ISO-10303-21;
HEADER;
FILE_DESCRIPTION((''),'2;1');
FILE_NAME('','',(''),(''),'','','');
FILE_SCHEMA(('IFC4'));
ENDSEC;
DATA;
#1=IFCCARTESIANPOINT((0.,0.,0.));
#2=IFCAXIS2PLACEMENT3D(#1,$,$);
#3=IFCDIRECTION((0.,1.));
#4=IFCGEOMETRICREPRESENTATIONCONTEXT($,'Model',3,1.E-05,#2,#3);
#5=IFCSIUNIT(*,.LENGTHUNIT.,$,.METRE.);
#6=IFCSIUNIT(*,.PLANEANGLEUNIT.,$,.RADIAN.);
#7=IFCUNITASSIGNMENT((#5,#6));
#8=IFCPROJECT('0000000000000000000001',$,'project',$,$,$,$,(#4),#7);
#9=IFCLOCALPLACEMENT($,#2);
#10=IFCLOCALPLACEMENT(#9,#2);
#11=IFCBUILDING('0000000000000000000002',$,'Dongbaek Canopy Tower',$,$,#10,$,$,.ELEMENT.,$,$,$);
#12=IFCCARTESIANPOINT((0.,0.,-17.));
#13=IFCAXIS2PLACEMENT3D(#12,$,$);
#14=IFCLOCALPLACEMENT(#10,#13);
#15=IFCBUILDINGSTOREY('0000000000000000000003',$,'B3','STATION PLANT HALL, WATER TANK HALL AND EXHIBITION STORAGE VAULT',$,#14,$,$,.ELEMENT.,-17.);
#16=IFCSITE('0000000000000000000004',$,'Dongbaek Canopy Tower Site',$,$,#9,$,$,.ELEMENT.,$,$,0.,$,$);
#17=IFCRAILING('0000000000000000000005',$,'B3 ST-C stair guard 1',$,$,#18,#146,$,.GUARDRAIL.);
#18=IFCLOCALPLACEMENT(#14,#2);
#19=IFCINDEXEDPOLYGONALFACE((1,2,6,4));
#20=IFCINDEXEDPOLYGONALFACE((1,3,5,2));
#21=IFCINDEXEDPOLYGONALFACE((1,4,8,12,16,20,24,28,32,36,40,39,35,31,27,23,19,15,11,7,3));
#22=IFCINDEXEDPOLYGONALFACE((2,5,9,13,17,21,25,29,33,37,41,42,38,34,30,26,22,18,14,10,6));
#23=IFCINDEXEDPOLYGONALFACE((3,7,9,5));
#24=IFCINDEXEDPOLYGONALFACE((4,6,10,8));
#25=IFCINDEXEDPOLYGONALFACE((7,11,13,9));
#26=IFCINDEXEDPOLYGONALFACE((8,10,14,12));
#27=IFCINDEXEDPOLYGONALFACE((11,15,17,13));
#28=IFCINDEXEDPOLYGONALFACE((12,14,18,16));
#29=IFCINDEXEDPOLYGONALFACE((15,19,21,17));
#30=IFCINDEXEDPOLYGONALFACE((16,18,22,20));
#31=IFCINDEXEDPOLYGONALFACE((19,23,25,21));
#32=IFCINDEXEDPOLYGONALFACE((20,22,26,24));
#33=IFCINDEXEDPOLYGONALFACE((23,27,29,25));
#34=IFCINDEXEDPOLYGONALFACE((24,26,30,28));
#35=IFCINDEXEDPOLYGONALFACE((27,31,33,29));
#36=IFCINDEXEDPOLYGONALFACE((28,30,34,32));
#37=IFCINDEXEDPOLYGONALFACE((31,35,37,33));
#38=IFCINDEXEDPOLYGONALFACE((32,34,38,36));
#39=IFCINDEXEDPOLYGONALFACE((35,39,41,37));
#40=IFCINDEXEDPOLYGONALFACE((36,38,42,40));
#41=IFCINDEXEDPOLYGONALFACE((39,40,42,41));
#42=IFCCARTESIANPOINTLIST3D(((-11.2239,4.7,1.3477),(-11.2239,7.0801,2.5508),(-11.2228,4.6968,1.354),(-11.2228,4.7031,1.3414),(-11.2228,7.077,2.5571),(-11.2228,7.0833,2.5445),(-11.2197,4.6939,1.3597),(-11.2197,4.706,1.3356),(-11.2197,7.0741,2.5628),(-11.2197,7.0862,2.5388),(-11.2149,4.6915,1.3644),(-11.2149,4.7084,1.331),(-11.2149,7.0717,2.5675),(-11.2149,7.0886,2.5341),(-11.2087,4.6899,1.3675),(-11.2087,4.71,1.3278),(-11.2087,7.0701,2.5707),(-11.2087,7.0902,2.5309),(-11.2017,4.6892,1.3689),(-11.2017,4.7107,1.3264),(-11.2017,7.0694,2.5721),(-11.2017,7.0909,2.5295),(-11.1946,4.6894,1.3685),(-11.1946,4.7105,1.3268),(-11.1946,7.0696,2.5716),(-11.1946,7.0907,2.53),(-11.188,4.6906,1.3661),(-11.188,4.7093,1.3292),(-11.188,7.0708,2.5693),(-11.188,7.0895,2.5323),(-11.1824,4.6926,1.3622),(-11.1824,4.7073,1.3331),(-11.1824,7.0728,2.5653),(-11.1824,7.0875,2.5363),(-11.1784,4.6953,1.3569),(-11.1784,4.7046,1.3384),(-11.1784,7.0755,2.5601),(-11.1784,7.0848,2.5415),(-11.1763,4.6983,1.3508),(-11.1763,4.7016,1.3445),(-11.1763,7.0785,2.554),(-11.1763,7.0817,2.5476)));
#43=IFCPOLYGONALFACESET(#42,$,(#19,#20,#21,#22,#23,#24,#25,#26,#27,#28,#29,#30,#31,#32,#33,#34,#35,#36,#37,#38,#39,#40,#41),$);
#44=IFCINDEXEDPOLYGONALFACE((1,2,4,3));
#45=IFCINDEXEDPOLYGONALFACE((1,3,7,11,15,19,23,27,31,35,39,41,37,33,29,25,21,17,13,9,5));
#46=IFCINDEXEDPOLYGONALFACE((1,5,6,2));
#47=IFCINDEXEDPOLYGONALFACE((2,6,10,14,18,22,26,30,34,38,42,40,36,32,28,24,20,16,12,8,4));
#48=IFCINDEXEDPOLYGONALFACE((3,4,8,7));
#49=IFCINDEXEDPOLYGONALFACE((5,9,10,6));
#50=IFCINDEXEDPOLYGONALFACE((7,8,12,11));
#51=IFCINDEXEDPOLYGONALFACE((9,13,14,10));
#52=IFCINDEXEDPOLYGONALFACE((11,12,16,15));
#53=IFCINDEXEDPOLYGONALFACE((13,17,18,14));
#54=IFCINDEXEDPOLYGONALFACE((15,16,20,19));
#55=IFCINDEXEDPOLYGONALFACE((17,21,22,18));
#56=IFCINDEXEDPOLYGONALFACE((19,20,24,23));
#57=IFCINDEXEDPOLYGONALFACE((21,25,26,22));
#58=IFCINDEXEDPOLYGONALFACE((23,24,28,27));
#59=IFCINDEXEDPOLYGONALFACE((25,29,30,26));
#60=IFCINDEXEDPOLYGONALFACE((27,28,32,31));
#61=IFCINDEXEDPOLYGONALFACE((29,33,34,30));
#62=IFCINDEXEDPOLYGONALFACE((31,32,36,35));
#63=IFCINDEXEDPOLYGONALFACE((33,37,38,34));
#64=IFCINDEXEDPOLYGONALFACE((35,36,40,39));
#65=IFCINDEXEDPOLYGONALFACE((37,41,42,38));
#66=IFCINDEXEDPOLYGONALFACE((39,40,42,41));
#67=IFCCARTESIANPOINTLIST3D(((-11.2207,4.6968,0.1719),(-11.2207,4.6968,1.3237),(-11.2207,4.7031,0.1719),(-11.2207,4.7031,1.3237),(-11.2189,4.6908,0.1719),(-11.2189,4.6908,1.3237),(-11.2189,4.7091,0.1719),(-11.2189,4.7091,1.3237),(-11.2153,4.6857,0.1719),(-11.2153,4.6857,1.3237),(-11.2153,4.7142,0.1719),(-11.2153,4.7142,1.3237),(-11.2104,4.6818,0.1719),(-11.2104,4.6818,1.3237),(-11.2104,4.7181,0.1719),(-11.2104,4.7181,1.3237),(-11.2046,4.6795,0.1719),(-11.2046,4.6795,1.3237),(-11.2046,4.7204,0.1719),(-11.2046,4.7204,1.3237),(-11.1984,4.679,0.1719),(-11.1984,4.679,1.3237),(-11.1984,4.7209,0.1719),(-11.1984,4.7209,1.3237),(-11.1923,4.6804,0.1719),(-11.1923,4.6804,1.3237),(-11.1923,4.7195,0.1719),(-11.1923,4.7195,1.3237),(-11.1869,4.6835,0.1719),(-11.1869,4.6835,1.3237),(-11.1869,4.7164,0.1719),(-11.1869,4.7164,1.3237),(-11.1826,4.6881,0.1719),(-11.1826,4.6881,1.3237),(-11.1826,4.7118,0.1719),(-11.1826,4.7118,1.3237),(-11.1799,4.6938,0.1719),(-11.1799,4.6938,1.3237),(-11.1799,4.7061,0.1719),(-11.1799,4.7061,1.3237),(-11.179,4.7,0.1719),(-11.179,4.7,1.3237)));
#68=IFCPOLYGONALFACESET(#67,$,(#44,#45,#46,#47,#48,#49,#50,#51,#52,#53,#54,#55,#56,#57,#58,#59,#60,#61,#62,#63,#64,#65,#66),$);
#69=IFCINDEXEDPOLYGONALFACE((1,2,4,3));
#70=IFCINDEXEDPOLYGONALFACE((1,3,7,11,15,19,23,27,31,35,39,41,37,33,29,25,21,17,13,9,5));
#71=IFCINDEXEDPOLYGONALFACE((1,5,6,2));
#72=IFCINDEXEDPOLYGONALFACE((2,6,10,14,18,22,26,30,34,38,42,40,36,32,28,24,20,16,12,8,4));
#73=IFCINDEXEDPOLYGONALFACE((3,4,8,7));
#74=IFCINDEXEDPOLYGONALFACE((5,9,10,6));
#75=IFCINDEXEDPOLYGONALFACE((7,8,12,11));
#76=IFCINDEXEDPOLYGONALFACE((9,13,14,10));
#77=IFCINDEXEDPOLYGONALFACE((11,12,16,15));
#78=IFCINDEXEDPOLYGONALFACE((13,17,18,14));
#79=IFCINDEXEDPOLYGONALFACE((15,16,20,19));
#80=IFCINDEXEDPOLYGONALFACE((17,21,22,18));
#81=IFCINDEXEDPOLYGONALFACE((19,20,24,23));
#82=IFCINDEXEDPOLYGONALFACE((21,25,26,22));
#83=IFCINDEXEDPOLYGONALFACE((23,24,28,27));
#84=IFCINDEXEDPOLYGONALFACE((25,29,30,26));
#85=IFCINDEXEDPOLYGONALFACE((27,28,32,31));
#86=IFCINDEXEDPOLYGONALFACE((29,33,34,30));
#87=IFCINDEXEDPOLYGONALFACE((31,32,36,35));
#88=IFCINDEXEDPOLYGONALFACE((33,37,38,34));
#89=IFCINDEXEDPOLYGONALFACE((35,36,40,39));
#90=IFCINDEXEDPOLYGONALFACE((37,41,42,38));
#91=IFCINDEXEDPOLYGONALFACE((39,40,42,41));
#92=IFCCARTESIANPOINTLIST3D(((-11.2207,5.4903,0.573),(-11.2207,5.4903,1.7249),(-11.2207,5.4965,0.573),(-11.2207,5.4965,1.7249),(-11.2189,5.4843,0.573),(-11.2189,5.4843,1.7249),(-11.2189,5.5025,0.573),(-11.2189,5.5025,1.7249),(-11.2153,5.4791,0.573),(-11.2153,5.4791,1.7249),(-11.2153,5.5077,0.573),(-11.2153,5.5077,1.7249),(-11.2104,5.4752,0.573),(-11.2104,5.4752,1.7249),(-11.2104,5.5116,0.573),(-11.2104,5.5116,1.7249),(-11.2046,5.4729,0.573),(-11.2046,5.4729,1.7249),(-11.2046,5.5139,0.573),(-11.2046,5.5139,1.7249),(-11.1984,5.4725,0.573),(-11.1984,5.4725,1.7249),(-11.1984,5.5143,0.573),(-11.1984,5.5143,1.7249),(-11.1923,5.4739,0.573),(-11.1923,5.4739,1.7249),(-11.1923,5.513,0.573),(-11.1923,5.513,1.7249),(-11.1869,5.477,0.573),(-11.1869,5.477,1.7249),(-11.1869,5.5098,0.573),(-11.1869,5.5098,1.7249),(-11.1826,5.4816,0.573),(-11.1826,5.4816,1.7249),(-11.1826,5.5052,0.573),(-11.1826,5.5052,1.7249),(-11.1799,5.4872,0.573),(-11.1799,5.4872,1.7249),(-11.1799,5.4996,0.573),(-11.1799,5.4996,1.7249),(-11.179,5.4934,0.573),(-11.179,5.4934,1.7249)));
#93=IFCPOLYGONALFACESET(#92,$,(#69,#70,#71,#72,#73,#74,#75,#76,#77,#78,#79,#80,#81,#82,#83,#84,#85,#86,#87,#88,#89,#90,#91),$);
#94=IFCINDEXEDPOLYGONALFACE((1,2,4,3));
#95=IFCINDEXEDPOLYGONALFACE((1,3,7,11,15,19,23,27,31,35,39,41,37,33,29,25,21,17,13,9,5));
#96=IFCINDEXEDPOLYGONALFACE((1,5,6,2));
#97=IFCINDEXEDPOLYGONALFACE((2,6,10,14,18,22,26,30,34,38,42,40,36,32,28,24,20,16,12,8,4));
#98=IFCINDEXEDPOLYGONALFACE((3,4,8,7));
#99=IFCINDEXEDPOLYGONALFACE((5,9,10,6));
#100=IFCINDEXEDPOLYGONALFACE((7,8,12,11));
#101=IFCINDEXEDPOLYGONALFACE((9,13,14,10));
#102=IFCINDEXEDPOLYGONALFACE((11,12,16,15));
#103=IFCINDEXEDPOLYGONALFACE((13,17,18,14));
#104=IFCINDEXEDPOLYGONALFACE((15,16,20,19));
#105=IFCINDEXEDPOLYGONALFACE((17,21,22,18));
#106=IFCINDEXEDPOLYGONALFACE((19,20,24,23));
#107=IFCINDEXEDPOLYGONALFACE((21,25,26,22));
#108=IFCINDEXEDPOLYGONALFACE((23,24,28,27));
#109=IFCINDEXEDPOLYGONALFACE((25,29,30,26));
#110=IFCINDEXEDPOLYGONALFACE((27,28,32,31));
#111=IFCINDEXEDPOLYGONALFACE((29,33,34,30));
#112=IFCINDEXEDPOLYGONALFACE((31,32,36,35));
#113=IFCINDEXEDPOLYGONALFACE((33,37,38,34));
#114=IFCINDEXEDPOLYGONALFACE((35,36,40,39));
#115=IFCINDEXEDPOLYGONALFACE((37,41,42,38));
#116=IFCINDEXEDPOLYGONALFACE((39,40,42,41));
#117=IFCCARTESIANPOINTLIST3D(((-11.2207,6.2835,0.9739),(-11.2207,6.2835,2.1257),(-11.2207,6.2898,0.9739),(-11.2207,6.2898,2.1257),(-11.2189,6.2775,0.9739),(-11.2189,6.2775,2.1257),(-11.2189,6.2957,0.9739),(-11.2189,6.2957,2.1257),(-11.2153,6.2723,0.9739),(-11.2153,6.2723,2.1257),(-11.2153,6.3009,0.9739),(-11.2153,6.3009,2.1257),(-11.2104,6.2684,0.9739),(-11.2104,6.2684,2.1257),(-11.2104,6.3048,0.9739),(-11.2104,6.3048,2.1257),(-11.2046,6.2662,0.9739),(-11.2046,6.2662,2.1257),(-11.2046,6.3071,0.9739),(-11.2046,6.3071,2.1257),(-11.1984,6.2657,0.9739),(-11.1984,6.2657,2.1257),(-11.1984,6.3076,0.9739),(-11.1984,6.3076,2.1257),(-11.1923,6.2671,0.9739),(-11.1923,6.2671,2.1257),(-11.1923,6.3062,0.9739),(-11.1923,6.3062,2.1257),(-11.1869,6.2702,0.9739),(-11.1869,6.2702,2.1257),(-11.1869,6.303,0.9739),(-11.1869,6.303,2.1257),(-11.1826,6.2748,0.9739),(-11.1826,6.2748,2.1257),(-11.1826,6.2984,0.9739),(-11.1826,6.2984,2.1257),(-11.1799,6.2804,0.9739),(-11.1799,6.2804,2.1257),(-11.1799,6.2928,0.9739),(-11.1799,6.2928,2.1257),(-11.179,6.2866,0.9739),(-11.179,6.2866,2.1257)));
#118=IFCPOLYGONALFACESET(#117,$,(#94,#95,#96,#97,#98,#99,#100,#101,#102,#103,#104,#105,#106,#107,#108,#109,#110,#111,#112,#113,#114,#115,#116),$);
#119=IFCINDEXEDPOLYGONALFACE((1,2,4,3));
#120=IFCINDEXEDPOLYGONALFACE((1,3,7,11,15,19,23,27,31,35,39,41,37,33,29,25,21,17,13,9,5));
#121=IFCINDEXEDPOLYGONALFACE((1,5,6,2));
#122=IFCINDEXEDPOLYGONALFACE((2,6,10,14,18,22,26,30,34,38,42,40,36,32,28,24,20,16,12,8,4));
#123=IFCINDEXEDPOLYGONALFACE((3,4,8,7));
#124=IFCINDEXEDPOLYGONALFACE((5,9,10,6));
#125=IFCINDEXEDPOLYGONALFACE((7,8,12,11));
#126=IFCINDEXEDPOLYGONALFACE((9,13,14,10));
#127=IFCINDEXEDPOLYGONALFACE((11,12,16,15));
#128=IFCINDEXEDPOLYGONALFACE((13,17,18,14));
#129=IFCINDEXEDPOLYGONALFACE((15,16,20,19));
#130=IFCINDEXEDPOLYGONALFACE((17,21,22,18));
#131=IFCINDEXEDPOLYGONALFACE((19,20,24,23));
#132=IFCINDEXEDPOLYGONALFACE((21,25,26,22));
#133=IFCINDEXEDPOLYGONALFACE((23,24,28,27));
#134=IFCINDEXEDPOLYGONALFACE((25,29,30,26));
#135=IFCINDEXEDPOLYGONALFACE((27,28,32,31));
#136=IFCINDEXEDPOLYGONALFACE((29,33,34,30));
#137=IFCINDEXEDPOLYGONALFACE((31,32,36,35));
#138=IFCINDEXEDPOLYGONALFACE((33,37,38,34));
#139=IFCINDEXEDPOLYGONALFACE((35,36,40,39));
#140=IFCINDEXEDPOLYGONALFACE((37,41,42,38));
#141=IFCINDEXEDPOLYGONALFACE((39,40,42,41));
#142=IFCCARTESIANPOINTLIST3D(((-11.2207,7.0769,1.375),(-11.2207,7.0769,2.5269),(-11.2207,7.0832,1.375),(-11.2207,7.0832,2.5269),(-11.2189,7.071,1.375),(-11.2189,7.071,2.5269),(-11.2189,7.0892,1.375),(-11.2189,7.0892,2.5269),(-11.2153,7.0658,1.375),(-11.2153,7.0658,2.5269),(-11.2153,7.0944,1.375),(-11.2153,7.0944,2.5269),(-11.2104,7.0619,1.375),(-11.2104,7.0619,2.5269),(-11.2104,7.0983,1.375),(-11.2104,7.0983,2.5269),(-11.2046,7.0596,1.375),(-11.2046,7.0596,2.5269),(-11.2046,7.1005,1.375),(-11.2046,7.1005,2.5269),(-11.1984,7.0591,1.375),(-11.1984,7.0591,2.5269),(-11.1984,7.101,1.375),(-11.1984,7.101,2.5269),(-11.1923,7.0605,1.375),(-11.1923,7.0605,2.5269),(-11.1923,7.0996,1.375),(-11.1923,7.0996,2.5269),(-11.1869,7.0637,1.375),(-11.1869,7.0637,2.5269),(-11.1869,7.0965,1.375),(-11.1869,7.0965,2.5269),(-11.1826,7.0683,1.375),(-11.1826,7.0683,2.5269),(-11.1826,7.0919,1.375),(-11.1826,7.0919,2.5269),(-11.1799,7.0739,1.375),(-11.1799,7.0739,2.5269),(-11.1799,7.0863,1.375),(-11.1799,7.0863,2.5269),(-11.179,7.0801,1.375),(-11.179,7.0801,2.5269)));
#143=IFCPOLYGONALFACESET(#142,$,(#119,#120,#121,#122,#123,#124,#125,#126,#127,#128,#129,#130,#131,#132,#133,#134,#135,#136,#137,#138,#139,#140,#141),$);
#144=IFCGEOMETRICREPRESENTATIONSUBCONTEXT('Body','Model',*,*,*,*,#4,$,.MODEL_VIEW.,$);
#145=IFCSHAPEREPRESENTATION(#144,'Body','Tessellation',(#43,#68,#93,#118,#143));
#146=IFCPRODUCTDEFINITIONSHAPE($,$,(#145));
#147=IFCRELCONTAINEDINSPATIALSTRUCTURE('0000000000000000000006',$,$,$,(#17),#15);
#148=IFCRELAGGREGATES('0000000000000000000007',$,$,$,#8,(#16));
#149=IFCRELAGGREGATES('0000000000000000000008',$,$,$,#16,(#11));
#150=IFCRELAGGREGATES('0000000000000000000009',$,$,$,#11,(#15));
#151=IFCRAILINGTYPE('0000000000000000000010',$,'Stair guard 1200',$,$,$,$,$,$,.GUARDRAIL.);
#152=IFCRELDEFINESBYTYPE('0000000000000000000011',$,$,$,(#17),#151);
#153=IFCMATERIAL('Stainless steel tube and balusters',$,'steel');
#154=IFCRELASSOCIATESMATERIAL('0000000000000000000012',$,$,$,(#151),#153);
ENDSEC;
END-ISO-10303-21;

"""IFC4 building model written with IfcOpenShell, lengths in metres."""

from ifc_helpers import new_model, si_unit, direction, frame, origin, origin_2d, place, context, subcontext, project, spatial, circle, extrude, material, type_object, element, save


model = new_model("IFC4")

# Units and contexts
model_context = context("Model", 3, precision=1e-05, world=origin(), true_north=direction((0.0, 1.0)))
body_context = subcontext(model_context, "Body", "Model", "MODEL_VIEW")
ifc_project = project(units=[si_unit("LENGTHUNIT", "METRE"), si_unit("PLANEANGLEUNIT", "RADIAN")], contexts=[model_context])

# Site, building, storey
site_placement = place(None, origin())
site = spatial("IfcSite", under=ifc_project, at=site_placement, Name="Dongbaek Canopy Tower Site", CompositionType="ELEMENT", RefElevation=0.0)
building_placement = place(site_placement, origin())
building = spatial("IfcBuilding", under=site, at=building_placement, Name="Dongbaek Canopy Tower", CompositionType="ELEMENT")
storey_placement = place(building_placement, frame((0.0, 0.0, -17.0)))
storey = spatial("IfcBuildingStorey", under=building, at=storey_placement, Name="B3", Description="STATION PLANT HALL, WATER TANK HALL AND EXHIBITION STORAGE VAULT", CompositionType="ELEMENT", Elevation=-17.0)

# Railing
ifc_material_1 = material(Name="Stainless steel tube and balusters", Category="steel")
railing_type_1 = type_object("IfcRailingType", Name="Stair guard 1200", PredefinedType="GUARDRAIL", material=ifc_material_1)
railing_1_placement = place(storey_placement, frame((-11.2, 4.7, 0.1719)))
element("IfcRailing", 1, at=railing_1_placement, inside=storey, type_object=railing_type_1, Name="B3 ST-C stair guard 1", PredefinedType="GUARDRAIL", context=body_context, shape_type="SweptSolid", body=[
    extrude(circle(Radius=0.0239, at=origin_2d()), frame((0.0, 0.0, 1.1758), z_axis=(0.0, 0.89246, 0.451127), x_axis=(-1.0, 0.0, 0.0)), (0.0, 0.0, 1.0), 2.667),
    extrude(circle(Radius=0.021, at=origin_2d()), origin(), (0.0, 0.0, 1.0), 1.1519),
    extrude(circle(Radius=0.021, at=origin_2d()), frame((0.0, 0.7935, 0.4011)), (0.0, 0.0, 1.0), 1.1519),
    extrude(circle(Radius=0.021, at=origin_2d()), frame((0.0, 1.5867, 0.802)), (0.0, 0.0, 1.0), 1.1519),
    extrude(circle(Radius=0.021, at=origin_2d()), frame((0.0, 2.3801, 1.2031)), (0.0, 0.0, 1.0), 1.1519),
])

save(model, "model.ifc")
